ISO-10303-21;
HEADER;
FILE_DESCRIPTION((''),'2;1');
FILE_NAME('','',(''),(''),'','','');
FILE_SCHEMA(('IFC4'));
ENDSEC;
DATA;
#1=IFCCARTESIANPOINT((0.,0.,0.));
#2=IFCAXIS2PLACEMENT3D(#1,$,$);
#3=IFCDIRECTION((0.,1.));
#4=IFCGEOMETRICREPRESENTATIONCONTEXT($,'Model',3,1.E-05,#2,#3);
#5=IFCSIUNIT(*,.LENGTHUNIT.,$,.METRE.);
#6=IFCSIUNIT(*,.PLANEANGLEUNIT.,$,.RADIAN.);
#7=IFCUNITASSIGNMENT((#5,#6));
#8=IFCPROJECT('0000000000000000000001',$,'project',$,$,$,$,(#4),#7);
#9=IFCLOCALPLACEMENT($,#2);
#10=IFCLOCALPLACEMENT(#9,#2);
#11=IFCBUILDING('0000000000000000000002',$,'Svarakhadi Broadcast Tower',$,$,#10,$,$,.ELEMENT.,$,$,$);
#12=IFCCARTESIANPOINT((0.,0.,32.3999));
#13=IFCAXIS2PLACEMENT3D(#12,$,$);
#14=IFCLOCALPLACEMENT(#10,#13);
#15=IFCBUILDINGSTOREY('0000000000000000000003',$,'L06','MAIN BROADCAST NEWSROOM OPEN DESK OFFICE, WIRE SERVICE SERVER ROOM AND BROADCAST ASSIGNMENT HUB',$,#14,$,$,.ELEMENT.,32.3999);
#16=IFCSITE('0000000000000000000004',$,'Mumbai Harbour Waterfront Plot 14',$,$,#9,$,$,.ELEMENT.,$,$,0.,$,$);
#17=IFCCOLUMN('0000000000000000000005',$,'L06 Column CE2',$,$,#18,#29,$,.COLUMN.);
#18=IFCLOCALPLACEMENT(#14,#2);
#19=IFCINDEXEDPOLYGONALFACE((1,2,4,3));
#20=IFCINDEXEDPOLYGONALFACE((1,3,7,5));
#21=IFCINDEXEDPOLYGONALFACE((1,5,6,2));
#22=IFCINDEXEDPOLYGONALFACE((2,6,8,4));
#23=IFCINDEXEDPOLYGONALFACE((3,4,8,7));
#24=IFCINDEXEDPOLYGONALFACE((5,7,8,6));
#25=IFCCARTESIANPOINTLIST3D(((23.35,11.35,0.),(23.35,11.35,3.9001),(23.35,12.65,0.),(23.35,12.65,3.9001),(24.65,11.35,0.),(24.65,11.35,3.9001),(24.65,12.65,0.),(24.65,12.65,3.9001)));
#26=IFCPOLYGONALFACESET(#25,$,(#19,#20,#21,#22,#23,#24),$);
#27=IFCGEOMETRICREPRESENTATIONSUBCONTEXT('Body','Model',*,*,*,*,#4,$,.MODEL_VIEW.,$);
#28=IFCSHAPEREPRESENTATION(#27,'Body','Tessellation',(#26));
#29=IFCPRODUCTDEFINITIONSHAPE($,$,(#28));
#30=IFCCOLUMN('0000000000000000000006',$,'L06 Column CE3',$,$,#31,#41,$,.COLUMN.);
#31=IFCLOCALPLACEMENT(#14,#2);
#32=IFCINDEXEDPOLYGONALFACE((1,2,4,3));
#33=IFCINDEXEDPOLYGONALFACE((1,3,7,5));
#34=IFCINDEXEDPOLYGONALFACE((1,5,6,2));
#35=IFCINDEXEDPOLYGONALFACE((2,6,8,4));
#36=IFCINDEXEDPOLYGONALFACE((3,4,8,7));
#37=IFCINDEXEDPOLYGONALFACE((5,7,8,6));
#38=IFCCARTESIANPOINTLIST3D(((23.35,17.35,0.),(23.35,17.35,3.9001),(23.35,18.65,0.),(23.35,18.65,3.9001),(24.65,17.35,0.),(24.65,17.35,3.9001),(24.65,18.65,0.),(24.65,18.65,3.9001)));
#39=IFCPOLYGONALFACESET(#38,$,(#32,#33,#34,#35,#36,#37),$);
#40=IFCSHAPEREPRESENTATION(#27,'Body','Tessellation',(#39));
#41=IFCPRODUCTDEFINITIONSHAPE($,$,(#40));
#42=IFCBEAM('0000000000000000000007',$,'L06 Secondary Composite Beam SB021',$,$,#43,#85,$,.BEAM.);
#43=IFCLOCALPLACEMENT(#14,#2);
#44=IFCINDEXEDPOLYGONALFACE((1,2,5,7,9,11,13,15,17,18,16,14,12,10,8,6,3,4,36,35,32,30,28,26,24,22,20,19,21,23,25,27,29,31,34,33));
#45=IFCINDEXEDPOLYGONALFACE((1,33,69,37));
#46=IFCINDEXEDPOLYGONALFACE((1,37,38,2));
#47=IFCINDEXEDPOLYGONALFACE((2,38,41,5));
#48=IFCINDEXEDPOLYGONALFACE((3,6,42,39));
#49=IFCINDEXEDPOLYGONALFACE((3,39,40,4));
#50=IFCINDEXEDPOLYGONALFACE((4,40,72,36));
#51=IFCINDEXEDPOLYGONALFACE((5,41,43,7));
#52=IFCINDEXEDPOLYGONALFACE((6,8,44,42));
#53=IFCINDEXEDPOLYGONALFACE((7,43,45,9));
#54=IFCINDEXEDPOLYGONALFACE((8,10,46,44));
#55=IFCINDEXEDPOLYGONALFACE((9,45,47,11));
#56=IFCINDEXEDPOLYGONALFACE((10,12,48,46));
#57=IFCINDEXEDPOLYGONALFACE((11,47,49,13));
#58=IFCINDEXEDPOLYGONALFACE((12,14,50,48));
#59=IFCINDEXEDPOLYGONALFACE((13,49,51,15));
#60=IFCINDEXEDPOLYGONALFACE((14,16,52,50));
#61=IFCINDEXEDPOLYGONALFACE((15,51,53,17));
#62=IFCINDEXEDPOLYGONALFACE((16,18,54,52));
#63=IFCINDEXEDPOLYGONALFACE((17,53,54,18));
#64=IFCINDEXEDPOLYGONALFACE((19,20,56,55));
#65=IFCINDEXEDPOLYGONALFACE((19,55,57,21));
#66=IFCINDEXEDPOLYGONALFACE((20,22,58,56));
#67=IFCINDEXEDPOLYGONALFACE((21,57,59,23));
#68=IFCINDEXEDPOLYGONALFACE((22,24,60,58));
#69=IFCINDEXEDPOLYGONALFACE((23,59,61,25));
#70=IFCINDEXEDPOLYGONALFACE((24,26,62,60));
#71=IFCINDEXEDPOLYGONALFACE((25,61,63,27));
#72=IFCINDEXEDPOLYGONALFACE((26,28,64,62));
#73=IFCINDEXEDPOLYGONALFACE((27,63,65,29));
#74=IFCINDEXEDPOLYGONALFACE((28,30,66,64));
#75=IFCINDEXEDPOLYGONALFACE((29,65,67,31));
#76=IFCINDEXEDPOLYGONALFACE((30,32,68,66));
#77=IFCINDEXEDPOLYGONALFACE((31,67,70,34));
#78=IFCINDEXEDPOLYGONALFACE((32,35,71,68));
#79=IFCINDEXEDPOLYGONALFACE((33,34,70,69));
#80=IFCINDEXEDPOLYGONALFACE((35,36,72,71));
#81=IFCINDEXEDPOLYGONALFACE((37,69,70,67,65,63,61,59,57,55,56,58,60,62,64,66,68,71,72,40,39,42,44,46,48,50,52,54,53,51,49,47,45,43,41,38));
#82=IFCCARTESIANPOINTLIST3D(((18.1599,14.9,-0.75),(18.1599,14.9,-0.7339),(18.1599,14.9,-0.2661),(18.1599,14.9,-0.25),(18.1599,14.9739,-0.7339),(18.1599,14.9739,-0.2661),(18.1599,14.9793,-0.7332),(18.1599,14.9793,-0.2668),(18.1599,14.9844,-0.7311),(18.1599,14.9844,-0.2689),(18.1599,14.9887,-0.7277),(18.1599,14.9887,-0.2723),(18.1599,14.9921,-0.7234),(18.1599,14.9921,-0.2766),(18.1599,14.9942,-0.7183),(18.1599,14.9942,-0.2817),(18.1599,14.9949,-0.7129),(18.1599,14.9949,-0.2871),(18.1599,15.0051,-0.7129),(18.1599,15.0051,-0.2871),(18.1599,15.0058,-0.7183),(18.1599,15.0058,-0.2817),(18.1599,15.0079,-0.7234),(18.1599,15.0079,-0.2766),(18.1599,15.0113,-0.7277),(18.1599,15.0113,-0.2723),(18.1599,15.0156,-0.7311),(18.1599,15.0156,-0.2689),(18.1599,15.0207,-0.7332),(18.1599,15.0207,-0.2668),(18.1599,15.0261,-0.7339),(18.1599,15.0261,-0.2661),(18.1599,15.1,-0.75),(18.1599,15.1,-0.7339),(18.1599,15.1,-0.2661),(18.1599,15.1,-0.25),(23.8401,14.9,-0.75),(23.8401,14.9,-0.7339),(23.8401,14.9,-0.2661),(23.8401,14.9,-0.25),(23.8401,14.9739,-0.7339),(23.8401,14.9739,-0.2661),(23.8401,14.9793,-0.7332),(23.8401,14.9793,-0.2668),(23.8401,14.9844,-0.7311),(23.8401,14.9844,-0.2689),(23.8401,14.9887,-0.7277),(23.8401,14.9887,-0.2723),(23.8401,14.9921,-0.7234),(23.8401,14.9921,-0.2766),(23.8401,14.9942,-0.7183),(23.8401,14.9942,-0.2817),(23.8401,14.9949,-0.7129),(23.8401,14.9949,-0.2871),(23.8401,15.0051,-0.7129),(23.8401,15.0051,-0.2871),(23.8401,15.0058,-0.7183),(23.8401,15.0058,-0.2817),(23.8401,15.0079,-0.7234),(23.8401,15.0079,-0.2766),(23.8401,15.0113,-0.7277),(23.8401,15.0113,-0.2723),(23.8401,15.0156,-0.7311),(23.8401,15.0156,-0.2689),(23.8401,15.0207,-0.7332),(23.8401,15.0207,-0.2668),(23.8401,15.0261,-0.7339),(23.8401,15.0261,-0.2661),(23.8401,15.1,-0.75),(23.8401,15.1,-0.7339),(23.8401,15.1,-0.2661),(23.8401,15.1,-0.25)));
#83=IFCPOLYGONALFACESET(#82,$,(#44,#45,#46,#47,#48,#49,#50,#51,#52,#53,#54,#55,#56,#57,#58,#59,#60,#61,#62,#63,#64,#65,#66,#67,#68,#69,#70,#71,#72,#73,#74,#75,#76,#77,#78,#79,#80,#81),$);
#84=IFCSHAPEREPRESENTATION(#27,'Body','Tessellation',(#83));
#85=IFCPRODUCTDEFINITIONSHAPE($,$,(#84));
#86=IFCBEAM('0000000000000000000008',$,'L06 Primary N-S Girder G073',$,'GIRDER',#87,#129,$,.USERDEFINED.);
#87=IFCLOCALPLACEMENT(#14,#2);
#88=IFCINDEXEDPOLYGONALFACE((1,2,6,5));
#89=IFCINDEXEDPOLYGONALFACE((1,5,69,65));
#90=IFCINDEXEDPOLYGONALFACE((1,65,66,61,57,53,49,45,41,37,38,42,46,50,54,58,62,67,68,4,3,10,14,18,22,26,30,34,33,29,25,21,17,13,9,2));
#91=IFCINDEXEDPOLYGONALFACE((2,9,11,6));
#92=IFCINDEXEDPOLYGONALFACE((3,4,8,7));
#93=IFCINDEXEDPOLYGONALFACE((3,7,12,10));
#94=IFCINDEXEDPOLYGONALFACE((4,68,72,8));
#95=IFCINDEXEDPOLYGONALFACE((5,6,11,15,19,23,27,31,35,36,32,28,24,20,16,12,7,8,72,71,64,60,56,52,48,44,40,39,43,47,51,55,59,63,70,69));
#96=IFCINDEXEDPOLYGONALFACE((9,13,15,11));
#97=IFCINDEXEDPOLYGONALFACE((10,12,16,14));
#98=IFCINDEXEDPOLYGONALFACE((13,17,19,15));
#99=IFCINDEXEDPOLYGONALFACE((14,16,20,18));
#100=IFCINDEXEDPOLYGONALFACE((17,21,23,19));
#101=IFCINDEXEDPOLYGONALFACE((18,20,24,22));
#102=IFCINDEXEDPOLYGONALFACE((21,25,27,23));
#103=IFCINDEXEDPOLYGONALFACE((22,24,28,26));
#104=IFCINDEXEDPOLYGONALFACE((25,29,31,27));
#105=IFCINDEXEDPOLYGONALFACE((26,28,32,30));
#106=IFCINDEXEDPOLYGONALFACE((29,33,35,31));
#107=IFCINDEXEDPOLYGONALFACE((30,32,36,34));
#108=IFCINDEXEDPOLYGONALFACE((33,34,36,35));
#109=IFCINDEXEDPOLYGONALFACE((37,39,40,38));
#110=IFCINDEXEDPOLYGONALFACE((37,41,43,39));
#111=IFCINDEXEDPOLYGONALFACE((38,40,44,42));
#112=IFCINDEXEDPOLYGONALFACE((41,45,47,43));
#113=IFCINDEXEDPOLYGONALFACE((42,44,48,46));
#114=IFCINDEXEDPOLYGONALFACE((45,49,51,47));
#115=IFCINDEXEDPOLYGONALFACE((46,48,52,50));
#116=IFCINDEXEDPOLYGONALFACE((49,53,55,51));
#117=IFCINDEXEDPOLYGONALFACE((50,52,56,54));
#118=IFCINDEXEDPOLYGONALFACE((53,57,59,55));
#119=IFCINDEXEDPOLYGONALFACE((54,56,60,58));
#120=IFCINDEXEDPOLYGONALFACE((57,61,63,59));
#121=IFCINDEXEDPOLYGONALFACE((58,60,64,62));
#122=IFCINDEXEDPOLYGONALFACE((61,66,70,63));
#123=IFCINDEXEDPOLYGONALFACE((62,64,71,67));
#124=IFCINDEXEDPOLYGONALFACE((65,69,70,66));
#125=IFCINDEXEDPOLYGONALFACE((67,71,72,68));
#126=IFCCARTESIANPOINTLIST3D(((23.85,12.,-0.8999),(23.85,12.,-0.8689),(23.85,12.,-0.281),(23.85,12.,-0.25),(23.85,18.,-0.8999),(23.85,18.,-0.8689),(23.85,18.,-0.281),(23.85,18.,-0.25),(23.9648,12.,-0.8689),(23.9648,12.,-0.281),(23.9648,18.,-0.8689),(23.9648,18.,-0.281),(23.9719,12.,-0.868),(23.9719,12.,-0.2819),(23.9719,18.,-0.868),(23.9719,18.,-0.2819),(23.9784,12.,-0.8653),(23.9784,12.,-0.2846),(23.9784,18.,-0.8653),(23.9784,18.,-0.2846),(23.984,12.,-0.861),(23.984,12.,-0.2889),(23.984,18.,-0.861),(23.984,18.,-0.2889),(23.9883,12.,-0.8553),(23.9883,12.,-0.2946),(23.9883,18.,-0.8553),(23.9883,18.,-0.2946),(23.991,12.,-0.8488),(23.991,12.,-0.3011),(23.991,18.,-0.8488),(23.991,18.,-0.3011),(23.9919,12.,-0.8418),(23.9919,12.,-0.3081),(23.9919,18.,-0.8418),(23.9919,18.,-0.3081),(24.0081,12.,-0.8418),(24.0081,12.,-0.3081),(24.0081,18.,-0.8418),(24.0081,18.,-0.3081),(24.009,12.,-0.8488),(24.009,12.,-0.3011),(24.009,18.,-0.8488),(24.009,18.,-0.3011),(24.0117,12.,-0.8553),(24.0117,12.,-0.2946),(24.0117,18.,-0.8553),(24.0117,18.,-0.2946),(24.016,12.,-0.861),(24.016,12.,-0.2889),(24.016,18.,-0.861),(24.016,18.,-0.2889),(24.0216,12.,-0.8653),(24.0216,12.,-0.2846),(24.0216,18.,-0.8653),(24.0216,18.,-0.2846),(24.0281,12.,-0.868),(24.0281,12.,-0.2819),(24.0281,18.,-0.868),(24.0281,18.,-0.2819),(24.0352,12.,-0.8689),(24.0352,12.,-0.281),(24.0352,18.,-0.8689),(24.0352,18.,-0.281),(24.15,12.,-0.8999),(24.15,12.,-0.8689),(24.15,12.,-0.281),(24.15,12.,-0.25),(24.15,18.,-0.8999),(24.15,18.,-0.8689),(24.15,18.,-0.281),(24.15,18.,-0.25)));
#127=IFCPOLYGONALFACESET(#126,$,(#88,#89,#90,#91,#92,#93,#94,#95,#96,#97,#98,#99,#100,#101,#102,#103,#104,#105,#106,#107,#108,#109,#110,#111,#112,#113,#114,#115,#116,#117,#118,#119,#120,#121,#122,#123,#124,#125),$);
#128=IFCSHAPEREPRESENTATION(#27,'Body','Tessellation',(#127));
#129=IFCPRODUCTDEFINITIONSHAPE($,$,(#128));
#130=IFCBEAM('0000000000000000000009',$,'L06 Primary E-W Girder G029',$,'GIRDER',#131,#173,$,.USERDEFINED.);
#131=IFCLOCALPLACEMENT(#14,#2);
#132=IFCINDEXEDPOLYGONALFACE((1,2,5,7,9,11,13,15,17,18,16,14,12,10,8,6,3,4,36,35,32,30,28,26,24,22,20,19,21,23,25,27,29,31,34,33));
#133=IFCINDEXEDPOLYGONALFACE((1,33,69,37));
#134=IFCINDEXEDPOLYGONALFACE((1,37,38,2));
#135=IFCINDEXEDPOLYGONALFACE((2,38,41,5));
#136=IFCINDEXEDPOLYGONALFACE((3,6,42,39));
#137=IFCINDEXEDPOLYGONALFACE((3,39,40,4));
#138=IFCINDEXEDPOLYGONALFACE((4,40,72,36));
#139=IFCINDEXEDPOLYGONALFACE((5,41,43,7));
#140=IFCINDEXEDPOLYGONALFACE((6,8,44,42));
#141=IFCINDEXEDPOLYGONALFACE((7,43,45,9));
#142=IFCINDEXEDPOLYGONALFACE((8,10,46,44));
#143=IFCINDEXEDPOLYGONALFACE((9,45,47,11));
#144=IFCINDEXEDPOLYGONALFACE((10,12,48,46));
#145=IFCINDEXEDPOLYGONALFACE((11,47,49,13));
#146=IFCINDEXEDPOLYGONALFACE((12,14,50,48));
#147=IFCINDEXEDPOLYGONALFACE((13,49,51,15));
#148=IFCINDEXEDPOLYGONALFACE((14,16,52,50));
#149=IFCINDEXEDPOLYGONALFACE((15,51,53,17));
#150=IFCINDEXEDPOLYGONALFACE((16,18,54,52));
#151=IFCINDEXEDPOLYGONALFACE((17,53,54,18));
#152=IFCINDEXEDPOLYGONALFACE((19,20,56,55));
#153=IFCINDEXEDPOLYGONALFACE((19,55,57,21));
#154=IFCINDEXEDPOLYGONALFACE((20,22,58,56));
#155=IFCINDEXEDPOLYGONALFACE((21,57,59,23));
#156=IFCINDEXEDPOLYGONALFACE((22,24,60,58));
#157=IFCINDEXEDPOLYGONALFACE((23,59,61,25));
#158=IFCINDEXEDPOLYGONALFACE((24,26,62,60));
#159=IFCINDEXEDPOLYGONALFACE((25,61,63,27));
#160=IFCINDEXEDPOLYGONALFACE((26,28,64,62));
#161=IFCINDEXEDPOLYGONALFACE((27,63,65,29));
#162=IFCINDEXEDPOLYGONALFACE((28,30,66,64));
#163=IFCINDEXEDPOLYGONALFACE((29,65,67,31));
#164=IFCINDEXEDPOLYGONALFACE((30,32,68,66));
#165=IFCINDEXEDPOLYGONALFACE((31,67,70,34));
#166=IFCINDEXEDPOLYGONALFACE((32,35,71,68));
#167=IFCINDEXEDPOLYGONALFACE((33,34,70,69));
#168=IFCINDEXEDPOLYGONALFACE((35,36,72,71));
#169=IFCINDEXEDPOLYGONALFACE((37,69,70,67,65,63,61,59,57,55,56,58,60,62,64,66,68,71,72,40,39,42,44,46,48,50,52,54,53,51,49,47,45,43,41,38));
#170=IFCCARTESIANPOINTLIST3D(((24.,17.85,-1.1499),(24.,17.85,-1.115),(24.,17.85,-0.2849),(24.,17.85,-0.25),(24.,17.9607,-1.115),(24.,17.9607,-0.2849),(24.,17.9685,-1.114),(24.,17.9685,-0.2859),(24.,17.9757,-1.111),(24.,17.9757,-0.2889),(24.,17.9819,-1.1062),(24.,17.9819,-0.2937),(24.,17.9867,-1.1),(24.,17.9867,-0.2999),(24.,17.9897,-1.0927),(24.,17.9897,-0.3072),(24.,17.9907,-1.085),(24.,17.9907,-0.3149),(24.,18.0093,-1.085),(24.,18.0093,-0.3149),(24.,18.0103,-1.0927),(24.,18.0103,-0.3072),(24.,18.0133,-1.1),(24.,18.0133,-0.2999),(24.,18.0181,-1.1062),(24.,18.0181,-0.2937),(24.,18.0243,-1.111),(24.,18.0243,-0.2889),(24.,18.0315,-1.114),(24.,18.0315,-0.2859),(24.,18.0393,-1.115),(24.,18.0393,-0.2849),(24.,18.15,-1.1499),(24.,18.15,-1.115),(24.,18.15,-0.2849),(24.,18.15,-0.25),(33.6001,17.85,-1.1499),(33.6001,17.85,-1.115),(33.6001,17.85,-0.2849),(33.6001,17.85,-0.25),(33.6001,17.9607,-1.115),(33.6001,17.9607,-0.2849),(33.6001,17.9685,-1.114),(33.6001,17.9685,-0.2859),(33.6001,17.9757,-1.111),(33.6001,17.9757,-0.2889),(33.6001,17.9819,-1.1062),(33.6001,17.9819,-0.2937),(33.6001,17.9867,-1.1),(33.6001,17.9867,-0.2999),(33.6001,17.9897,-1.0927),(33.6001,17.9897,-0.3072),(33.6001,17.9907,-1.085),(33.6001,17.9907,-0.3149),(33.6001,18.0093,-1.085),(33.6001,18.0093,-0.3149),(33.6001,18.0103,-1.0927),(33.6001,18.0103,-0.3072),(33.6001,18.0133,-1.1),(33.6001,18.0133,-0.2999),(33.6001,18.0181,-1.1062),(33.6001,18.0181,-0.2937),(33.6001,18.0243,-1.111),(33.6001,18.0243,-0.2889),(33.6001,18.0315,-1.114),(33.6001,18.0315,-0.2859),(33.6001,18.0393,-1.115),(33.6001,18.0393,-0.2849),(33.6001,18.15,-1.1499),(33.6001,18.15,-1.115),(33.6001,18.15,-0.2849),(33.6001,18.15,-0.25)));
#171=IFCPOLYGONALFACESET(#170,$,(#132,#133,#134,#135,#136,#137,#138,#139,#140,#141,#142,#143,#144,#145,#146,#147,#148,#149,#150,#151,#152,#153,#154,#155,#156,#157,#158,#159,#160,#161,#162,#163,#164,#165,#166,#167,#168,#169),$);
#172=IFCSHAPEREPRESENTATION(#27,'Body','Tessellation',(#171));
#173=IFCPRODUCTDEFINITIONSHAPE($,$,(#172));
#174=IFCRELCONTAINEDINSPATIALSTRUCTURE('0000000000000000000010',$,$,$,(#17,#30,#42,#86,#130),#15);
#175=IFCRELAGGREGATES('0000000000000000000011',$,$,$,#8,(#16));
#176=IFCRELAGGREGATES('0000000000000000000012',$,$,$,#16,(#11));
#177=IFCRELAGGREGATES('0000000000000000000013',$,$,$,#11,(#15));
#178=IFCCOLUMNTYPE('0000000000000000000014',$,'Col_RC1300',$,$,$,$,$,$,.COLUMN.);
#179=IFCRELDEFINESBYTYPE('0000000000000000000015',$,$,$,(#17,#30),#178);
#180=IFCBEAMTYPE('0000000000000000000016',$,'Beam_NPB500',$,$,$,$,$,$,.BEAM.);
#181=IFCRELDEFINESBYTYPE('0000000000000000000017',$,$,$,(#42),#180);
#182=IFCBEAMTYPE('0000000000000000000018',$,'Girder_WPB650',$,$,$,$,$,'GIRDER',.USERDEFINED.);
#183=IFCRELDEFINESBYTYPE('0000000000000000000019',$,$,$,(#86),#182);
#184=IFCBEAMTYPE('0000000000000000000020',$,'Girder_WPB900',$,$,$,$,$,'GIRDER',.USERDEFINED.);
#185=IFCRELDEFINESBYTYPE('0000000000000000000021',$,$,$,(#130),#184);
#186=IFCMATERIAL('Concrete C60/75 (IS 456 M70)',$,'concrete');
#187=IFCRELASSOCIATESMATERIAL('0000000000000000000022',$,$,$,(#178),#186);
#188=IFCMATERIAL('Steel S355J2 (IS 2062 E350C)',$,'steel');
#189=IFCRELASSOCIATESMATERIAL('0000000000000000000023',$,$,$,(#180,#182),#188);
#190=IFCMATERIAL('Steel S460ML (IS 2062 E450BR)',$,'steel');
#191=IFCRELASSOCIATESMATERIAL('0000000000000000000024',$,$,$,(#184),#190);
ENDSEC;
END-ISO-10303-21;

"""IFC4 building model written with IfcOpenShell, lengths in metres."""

from ifc_helpers import new_model, si_unit, direction, frame, origin, origin_2d, place, context, subcontext, project, spatial, rectangle, i_section, extrude, material, material_profile, profile_set, type_object, element, save


model = new_model("IFC4")

# Units and contexts
model_context = context("Model", 3, precision=1e-05, world=origin(), true_north=direction((0.0, 1.0)))
body_context = subcontext(model_context, "Body", "Model", "MODEL_VIEW")
ifc_project = project(units=[si_unit("LENGTHUNIT", "METRE"), si_unit("PLANEANGLEUNIT", "RADIAN")], contexts=[model_context])

# Site, building, storey
site_placement = place(None, origin())
site = spatial("IfcSite", under=ifc_project, at=site_placement, Name="Mumbai Harbour Waterfront Plot 14", CompositionType="ELEMENT", RefElevation=0.0)
building_placement = place(site_placement, origin())
building = spatial("IfcBuilding", under=site, at=building_placement, Name="Svarakhadi Broadcast Tower", CompositionType="ELEMENT")
storey_placement = place(building_placement, frame((0.0, 0.0, 32.3999)))
storey = spatial("IfcBuildingStorey", under=building, at=storey_placement, Name="L06", Description="MAIN BROADCAST NEWSROOM OPEN DESK OFFICE, WIRE SERVICE SERVER ROOM AND BROADCAST ASSIGNMENT HUB", CompositionType="ELEMENT", Elevation=32.3999)

# Columns
ifc_material_1 = material(Name="Concrete C60/75 (IS 456 M70)", Category="concrete")
ifc_material_profile_1 = material_profile(ifc_material_1, rectangle(XDim=1.3, YDim=1.3, at=origin_2d()), Name="RC 1300x1300")
ifc_profile_set_1 = profile_set([ifc_material_profile_1], Name="Concrete C60/75 (IS 456 M70)")
column_type = type_object("IfcColumnType", Name="Col_RC1300", PredefinedType="COLUMN", material=ifc_profile_set_1)
for number, where, z_axis, x_axis, name in (
    (1, (24.0, 12.0, 0.0), (0.0, 0.0, 1.0), (1.0, 0.0, 0.0), "L06 Column CE2"),
    (2, (24.0, 18.0, 0.0), (0.0, 0.0, 1.0), (1.0, 0.0, 0.0), "L06 Column CE3"),
):
    element("IfcColumn", number, at=place(storey_placement, frame(where, z_axis=z_axis, x_axis=x_axis)), inside=storey, type_object=column_type, Name=name, PredefinedType="COLUMN", context=body_context, shape_type="SweptSolid", body=[
        extrude(rectangle(XDim=1.3, YDim=1.3, at=origin_2d()), origin(), (0.0, 0.0, 1.0), 3.9001),
    ])

# Beams
ifc_material_2 = material(Name="Steel S355J2 (IS 2062 E350C)", Category="steel")
ifc_material_profile_2 = material_profile(ifc_material_2, i_section(OverallWidth=0.2, OverallDepth=0.5, WebThickness=0.0103, FlangeThickness=0.0161, FilletRadius=0.021, at=origin_2d()), Name="NPB 500x200x91")
ifc_profile_set_2 = profile_set([ifc_material_profile_2], Name="Steel S355J2 (IS 2062 E350C)")
beam_type_1 = type_object("IfcBeamType", Name="Beam_NPB500", PredefinedType="BEAM", material=ifc_profile_set_2)
beam_1_placement = place(storey_placement, frame((18.1599, 15.0, -0.5), z_axis=(1.0, 0.0, 0.0), x_axis=(0.0, 1.0, 0.0)))
element("IfcBeam", 3, at=beam_1_placement, inside=storey, type_object=beam_type_1, Name="L06 Secondary Composite Beam SB021", PredefinedType="BEAM", context=body_context, shape_type="SweptSolid", body=[
    extrude(i_section(OverallWidth=0.2, OverallDepth=0.5, WebThickness=0.0103, FlangeThickness=0.0161, FilletRadius=0.021, at=origin_2d()), origin(), (0.0, 0.0, 1.0), 5.6802),
])
ifc_material_profile_3 = material_profile(ifc_material_2, i_section(OverallWidth=0.3, OverallDepth=0.6499, WebThickness=0.0161, FlangeThickness=0.031, FilletRadius=0.0271, at=origin_2d()), Name="WPB 650x300x225")
ifc_profile_set_3 = profile_set([ifc_material_profile_3], Name="Steel S355J2 (IS 2062 E350C)")
beam_type_2 = type_object("IfcBeamType", Name="Girder_WPB650", ElementType="GIRDER", PredefinedType="USERDEFINED", material=ifc_profile_set_3)
beam_2_placement = place(storey_placement, frame((24.0, 12.0, -0.575), z_axis=(0.0, 1.0, 0.0), x_axis=(-1.0, 0.0, 0.0)))
element("IfcBeam", 4, at=beam_2_placement, inside=storey, type_object=beam_type_2, Name="L06 Primary N-S Girder G073", ObjectType="GIRDER", PredefinedType="USERDEFINED", context=body_context, shape_type="SweptSolid", body=[
    extrude(i_section(OverallWidth=0.3, OverallDepth=0.6499, WebThickness=0.0161, FlangeThickness=0.031, FilletRadius=0.0271, at=origin_2d()), origin(), (0.0, 0.0, 1.0), 6.0),
])
ifc_material_3 = material(Name="Steel S460ML (IS 2062 E450BR)", Category="steel")
ifc_material_profile_4 = material_profile(ifc_material_3, i_section(OverallWidth=0.3, OverallDepth=0.8999, WebThickness=0.0186, FlangeThickness=0.0349, FilletRadius=0.03, at=origin_2d()), Name="WPB 900x300x291")
ifc_profile_set_4 = profile_set([ifc_material_profile_4], Name="Steel S460ML (IS 2062 E450BR)")
beam_type_3 = type_object("IfcBeamType", Name="Girder_WPB900", ElementType="GIRDER", PredefinedType="USERDEFINED", material=ifc_profile_set_4)
beam_3_placement = place(storey_placement, frame((24.0, 18.0, -0.7), z_axis=(1.0, 0.0, 0.0), x_axis=(0.0, 1.0, 0.0)))
element("IfcBeam", 5, at=beam_3_placement, inside=storey, type_object=beam_type_3, Name="L06 Primary E-W Girder G029", ObjectType="GIRDER", PredefinedType="USERDEFINED", context=body_context, shape_type="SweptSolid", body=[
    extrude(i_section(OverallWidth=0.3, OverallDepth=0.8999, WebThickness=0.0186, FlangeThickness=0.0349, FilletRadius=0.03, at=origin_2d()), origin(), (0.0, 0.0, 1.0), 9.6001),
])

save(model, "model.ifc")
